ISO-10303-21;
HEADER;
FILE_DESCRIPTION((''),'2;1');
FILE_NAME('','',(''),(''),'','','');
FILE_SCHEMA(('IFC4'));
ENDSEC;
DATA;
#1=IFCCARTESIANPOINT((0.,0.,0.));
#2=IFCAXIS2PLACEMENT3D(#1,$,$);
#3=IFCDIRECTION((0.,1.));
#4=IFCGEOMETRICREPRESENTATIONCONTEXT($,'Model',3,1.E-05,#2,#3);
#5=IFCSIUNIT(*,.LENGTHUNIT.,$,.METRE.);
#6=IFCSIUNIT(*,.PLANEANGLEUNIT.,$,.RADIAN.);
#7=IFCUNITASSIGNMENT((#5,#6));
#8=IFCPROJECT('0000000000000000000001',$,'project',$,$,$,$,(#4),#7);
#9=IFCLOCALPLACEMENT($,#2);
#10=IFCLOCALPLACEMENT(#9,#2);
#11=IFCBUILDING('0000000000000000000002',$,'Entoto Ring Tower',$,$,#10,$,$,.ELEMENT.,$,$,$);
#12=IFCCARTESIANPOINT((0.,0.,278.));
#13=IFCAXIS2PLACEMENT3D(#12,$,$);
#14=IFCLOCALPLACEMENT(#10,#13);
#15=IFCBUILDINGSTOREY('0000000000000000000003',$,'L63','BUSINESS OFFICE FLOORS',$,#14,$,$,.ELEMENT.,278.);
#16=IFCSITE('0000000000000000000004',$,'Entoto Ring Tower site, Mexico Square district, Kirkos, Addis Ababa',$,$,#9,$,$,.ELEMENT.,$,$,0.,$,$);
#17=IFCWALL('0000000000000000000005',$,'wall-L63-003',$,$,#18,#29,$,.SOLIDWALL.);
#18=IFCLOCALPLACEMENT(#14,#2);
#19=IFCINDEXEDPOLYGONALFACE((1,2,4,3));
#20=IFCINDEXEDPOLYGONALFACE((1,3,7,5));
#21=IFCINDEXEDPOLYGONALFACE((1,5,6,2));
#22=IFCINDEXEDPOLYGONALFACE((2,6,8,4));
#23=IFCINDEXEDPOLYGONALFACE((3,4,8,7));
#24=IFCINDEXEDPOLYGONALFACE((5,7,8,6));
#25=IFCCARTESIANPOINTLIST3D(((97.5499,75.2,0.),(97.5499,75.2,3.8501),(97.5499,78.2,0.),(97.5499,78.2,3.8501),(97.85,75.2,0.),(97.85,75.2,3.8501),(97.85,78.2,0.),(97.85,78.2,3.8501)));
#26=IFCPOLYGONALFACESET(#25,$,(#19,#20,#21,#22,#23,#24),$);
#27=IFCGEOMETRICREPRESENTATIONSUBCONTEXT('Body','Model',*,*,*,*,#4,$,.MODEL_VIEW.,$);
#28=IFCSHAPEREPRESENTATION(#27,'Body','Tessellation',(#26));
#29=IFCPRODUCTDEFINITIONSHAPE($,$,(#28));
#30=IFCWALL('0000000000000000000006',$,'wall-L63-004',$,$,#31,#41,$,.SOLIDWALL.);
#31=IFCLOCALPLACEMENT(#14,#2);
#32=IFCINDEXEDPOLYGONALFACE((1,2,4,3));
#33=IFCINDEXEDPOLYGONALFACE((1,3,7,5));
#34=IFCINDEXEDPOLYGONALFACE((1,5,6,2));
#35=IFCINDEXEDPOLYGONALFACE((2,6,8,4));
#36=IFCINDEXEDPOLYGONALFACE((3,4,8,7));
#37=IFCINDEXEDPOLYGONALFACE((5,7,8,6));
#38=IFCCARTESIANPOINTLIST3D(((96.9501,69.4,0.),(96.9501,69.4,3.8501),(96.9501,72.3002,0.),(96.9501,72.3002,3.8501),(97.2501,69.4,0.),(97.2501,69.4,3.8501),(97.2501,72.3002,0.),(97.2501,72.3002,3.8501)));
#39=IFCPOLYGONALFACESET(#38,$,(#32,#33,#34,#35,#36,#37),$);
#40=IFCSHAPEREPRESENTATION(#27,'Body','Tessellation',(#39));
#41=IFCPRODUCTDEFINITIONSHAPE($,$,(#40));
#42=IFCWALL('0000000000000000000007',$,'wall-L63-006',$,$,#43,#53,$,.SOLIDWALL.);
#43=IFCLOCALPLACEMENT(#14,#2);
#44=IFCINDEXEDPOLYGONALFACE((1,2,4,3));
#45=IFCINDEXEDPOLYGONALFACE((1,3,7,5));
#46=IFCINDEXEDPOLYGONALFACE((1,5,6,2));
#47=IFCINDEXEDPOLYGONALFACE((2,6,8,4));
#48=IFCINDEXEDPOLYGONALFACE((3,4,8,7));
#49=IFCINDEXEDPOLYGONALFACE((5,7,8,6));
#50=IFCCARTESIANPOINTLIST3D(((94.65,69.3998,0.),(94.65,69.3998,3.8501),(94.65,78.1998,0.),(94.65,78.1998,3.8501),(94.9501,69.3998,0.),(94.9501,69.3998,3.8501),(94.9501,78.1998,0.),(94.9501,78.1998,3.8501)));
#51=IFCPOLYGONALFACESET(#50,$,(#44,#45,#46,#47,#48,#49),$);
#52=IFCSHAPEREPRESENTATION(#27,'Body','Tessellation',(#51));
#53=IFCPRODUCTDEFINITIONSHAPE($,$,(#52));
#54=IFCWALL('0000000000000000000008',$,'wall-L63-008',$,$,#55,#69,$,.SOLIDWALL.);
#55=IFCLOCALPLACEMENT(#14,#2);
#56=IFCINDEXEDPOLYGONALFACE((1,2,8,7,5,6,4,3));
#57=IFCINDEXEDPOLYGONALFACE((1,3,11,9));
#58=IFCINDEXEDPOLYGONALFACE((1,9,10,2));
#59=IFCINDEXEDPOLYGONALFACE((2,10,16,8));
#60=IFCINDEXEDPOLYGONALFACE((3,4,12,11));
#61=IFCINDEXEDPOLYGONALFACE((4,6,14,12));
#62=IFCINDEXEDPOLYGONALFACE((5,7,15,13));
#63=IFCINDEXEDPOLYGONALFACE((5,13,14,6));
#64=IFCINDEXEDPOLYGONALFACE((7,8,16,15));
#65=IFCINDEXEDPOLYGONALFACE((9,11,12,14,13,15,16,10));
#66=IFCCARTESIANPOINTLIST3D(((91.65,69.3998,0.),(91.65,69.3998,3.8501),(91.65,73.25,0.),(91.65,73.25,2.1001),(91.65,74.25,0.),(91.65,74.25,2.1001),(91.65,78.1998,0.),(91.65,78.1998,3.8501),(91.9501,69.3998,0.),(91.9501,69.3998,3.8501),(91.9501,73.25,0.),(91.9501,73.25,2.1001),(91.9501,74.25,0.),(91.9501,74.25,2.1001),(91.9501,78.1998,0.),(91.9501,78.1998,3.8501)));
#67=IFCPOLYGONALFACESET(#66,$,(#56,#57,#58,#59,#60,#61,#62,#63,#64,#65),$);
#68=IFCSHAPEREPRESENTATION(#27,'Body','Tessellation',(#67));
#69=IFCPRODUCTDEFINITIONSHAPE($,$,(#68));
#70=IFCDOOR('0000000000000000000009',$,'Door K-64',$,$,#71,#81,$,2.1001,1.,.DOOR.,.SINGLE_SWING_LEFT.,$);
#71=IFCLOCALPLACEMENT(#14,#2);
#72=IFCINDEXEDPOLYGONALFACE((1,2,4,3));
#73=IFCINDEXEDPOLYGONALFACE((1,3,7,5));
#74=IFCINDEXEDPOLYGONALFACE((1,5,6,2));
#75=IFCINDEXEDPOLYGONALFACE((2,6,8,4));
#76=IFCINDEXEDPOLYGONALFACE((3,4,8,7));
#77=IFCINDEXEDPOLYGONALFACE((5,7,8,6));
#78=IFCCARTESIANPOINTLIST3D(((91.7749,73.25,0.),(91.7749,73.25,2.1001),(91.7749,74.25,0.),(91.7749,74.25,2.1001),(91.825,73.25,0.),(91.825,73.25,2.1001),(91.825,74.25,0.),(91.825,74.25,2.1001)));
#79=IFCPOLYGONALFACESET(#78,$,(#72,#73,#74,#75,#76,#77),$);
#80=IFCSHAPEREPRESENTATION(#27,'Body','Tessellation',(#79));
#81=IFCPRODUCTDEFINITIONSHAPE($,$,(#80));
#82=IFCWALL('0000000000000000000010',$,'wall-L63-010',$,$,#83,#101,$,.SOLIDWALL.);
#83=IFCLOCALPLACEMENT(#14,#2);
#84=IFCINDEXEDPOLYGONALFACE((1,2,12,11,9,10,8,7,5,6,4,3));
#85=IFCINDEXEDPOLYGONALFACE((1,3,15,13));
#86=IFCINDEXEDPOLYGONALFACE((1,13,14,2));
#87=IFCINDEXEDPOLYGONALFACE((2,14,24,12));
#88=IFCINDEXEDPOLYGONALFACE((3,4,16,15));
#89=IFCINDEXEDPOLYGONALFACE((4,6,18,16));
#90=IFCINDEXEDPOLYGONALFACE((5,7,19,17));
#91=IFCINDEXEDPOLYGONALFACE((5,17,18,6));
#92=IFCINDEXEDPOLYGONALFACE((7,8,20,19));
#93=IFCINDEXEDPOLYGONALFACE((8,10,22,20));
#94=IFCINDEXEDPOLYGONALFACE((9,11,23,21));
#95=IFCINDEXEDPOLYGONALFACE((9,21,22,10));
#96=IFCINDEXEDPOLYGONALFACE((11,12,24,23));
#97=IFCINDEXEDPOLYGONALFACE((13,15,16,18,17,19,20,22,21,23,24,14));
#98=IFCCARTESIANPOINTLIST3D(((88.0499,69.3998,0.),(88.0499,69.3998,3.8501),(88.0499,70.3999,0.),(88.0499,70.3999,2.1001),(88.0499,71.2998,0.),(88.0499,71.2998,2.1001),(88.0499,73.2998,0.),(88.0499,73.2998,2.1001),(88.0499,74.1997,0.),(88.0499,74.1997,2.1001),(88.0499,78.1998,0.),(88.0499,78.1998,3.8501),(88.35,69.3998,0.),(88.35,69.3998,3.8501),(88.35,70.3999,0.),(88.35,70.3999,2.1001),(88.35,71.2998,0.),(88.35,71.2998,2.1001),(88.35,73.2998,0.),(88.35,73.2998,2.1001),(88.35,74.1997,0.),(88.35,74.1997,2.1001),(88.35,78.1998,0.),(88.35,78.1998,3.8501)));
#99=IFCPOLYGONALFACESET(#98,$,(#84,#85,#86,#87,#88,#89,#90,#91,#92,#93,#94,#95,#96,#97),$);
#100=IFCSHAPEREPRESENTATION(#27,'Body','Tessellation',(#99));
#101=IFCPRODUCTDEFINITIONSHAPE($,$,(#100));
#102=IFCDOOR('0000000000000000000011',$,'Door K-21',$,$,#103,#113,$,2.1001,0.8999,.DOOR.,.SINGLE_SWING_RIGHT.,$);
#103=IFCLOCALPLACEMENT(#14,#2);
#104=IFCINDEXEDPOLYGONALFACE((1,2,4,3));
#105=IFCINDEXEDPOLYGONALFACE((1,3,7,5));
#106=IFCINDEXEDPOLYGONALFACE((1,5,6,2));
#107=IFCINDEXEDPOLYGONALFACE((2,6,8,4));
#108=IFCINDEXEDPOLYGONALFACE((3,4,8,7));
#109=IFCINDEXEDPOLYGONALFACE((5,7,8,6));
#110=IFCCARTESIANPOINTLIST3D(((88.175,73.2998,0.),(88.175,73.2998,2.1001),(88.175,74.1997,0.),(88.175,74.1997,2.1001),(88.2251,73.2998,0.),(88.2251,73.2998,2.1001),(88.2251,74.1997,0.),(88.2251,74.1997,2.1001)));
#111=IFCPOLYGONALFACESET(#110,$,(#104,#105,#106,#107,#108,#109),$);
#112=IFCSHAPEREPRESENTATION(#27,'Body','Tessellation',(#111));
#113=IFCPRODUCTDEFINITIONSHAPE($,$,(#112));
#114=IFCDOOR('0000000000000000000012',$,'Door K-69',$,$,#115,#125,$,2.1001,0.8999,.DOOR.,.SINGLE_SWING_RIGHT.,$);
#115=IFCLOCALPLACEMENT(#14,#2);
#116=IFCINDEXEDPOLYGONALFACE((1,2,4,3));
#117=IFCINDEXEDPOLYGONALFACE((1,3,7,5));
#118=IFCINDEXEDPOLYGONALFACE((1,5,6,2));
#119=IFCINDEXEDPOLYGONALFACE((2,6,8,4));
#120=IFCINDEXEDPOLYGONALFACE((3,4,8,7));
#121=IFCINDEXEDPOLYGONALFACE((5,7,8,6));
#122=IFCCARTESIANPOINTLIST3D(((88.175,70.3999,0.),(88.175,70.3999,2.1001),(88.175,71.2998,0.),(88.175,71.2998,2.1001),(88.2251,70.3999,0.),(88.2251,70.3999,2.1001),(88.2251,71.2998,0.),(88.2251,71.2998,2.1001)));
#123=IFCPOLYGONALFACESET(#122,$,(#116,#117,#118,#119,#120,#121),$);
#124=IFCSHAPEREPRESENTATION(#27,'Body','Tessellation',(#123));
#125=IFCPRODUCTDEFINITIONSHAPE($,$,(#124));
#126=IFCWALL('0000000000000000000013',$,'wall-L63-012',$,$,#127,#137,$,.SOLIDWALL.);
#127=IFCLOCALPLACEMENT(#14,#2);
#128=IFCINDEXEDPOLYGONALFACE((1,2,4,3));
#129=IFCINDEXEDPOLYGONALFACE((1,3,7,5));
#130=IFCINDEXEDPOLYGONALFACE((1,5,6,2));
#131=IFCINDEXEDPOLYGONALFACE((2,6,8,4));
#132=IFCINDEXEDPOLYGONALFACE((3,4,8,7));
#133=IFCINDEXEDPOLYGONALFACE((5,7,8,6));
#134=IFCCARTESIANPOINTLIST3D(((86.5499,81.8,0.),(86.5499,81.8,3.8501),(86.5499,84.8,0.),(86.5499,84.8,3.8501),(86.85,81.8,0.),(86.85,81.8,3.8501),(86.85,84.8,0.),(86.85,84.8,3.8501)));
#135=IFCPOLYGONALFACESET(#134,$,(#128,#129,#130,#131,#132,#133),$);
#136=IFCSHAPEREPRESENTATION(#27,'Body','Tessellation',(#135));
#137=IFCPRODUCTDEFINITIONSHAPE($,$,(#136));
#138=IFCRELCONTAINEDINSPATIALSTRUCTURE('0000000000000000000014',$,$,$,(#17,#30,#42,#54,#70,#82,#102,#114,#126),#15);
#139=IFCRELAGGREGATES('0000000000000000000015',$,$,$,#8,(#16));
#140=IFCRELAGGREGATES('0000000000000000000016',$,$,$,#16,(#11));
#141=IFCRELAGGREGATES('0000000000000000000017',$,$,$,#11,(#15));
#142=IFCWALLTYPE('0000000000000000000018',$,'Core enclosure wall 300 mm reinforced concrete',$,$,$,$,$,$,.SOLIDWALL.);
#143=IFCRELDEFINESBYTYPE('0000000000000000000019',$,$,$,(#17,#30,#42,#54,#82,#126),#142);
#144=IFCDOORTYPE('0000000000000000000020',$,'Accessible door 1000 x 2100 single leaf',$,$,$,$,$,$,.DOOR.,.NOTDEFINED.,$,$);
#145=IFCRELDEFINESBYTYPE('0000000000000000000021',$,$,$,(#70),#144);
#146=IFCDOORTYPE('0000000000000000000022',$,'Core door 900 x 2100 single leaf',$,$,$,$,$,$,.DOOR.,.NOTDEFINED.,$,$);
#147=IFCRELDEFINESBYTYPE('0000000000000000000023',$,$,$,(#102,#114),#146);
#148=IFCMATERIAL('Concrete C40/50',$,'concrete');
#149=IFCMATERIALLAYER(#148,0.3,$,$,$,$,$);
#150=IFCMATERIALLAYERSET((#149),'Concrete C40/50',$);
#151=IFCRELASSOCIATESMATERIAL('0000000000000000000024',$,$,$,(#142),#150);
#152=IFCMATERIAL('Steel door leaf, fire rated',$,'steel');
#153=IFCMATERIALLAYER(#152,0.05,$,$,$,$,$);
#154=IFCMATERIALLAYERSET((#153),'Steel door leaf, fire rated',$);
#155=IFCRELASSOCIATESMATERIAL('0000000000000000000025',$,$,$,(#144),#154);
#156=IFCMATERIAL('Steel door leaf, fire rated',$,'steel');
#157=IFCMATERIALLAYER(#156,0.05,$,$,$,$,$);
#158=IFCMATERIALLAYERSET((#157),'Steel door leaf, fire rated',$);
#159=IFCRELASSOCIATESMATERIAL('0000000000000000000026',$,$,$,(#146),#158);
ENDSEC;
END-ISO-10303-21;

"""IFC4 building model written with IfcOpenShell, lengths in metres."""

from ifc_helpers import new_model, si_unit, direction, frame, frame_2d, origin, place, context, subcontext, project, spatial, rectangle, extrude, material, layer, layer_set, type_object, element, fill, save


model = new_model("IFC4")

# Units and contexts
model_context = context("Model", 3, precision=1e-05, world=origin(), true_north=direction((0.0, 1.0)))
body_context = subcontext(model_context, "Body", "Model", "MODEL_VIEW")
ifc_project = project(units=[si_unit("LENGTHUNIT", "METRE"), si_unit("PLANEANGLEUNIT", "RADIAN")], contexts=[model_context])

# Site, building, storey
site_placement = place(None, origin())
site = spatial("IfcSite", under=ifc_project, at=site_placement, Name="Entoto Ring Tower site, Mexico Square district, Kirkos, Addis Ababa", CompositionType="ELEMENT", RefElevation=0.0)
building_placement = place(site_placement, origin())
building = spatial("IfcBuilding", under=site, at=building_placement, Name="Entoto Ring Tower", CompositionType="ELEMENT")
storey_placement = place(building_placement, frame((0.0, 0.0, 278.0)))
storey = spatial("IfcBuildingStorey", under=building, at=storey_placement, Name="L63", Description="BUSINESS OFFICE FLOORS", CompositionType="ELEMENT", Elevation=278.0)

# Walls
ifc_material_1 = material(Name="Concrete C40/50", Category="concrete")
ifc_layer_1 = layer(ifc_material_1, 0.3)
ifc_layer_set_1 = layer_set([ifc_layer_1], Name="Concrete C40/50")
wall_type = type_object("IfcWallType", Name="Core enclosure wall 300 mm reinforced concrete", PredefinedType="SOLIDWALL", material=ifc_layer_set_1)
wall_1_placement = place(storey_placement, frame((97.7, 75.2, 0.0), z_axis=(0.0, 0.0, 1.0), x_axis=(0.0, 1.0, 0.0)))
element("IfcWall", 1, at=wall_1_placement, inside=storey, type_object=wall_type, Name="wall-L63-003", PredefinedType="SOLIDWALL", context=body_context, shape_type="SweptSolid", body=[
    extrude(rectangle(XDim=3.0, YDim=0.3, at=frame_2d((1.5, 0.0))), origin(), (0.0, 0.0, 1.0), 3.8501),
])
wall_2_placement = place(storey_placement, frame((97.1001, 69.3999, 0.0), z_axis=(0.0, 0.0, 1.0), x_axis=(0.0, 1.0, 0.0)))
element("IfcWall", 2, at=wall_2_placement, inside=storey, type_object=wall_type, Name="wall-L63-004", PredefinedType="SOLIDWALL", context=body_context, shape_type="SweptSolid", body=[
    extrude(rectangle(XDim=2.9001, YDim=0.3, at=frame_2d((1.4502, 0.0))), origin(), (0.0, 0.0, 1.0), 3.8501),
])
wall_3_placement = place(storey_placement, frame((94.8, 69.3999, 0.0), z_axis=(0.0, 0.0, 1.0), x_axis=(0.0, 1.0, 0.0)))
element("IfcWall", 3, at=wall_3_placement, inside=storey, type_object=wall_type, Name="wall-L63-006", PredefinedType="SOLIDWALL", context=body_context, shape_type="SweptSolid", body=[
    extrude(rectangle(XDim=8.8, YDim=0.3, at=frame_2d((4.3999, 0.0))), origin(), (0.0, 0.0, 1.0), 3.8501),
])

# Wall, opening, door
wall_4_placement = place(storey_placement, frame((91.8, 69.3999, 0.0), z_axis=(0.0, 0.0, 1.0), x_axis=(0.0, 1.0, 0.0)))
wall_4 = element("IfcWall", 4, at=wall_4_placement, inside=storey, type_object=wall_type, Name="wall-L63-008", PredefinedType="SOLIDWALL", context=body_context, shape_type="SweptSolid", body=[
    extrude(rectangle(XDim=8.8, YDim=0.3, at=frame_2d((4.3999, 0.0))), origin(), (0.0, 0.0, 1.0), 3.8501),
])
opening_1_placement = place(wall_4_placement, frame((3.8501, 0.0, 0.0)))
opening_1 = element("IfcOpeningElement", 5, at=opening_1_placement, cuts=wall_4, PredefinedType="OPENING", context=body_context, shape_type="SweptSolid", body=[
    extrude(rectangle(XDim=1.0, YDim=2.1001, at=frame_2d((0.5, 1.05))), frame((0.0, 0.1602, 0.0), z_axis=(0.0, -1.0, 0.0), x_axis=(1.0, 0.0, 0.0)), (0.0, 0.0, 1.0), 0.3201),
])
ifc_material_2 = material(Name="Steel door leaf, fire rated", Category="steel")
ifc_layer_2 = layer(ifc_material_2, 0.05)
ifc_layer_set_2 = layer_set([ifc_layer_2], Name="Steel door leaf, fire rated")
door_type_1 = type_object("IfcDoorType", Name="Accessible door 1000 x 2100 single leaf", OperationType="NOTDEFINED", PredefinedType="DOOR", material=ifc_layer_set_2)
door_1_placement = place(opening_1_placement, frame((1.0, 0.0, 0.0), z_axis=(0.0, 0.0, 1.0), x_axis=(-1.0, 0.0, 0.0)))
door_1 = element("IfcDoor", 6, at=door_1_placement, inside=storey, type_object=door_type_1, Name="Door K-64", OperationType="SINGLE_SWING_LEFT", OverallHeight=2.1001, OverallWidth=1.0, PredefinedType="DOOR", context=body_context, shape_type="SweptSolid", body=[
    extrude(rectangle(XDim=1.0, YDim=2.1001, at=frame_2d((0.5, 1.05))), frame((0.0, 0.0249, 0.0), z_axis=(0.0, -1.0, 0.0), x_axis=(1.0, 0.0, 0.0)), (0.0, 0.0, 1.0), 0.05),
])
fill(opening_1, door_1)

# Wall, openings, doors
wall_5_placement = place(storey_placement, frame((88.2, 69.3999, 0.0), z_axis=(0.0, 0.0, 1.0), x_axis=(0.0, 1.0, 0.0)))
wall_5 = element("IfcWall", 7, at=wall_5_placement, inside=storey, type_object=wall_type, Name="wall-L63-010", PredefinedType="SOLIDWALL", context=body_context, shape_type="SweptSolid", body=[
    extrude(rectangle(XDim=8.8, YDim=0.3, at=frame_2d((4.3999, 0.0))), origin(), (0.0, 0.0, 1.0), 3.8501),
])
opening_2_placement = place(wall_5_placement, frame((3.8999, 0.0, 0.0)))
opening_2 = element("IfcOpeningElement", 8, at=opening_2_placement, cuts=wall_5, PredefinedType="OPENING", context=body_context, shape_type="SweptSolid", body=[
    extrude(rectangle(XDim=0.8999, YDim=2.1001, at=frame_2d((0.45, 1.05))), frame((0.0, 0.1602, 0.0), z_axis=(0.0, -1.0, 0.0), x_axis=(1.0, 0.0, 0.0)), (0.0, 0.0, 1.0), 0.3201),
])
opening_3_placement = place(wall_5_placement, frame((1.0, 0.0, 0.0)))
opening_3 = element("IfcOpeningElement", 9, at=opening_3_placement, cuts=wall_5, PredefinedType="OPENING", context=body_context, shape_type="SweptSolid", body=[
    extrude(rectangle(XDim=0.8999, YDim=2.1001, at=frame_2d((0.45, 1.05))), frame((0.0, 0.1602, 0.0), z_axis=(0.0, -1.0, 0.0), x_axis=(1.0, 0.0, 0.0)), (0.0, 0.0, 1.0), 0.3201),
])
ifc_material_3 = material(Name="Steel door leaf, fire rated", Category="steel")
ifc_layer_3 = layer(ifc_material_3, 0.05)
ifc_layer_set_3 = layer_set([ifc_layer_3], Name="Steel door leaf, fire rated")
door_type_2 = type_object("IfcDoorType", Name="Core door 900 x 2100 single leaf", OperationType="NOTDEFINED", PredefinedType="DOOR", material=ifc_layer_set_3)
door_2_placement = place(opening_2_placement, origin())
door_2 = element("IfcDoor", 10, at=door_2_placement, inside=storey, type_object=door_type_2, Name="Door K-21", OperationType="SINGLE_SWING_RIGHT", OverallHeight=2.1001, OverallWidth=0.8999, PredefinedType="DOOR", context=body_context, shape_type="SweptSolid", body=[
    extrude(rectangle(XDim=0.8999, YDim=2.1001, at=frame_2d((0.45, 1.05))), frame((0.0, 0.0249, 0.0), z_axis=(0.0, -1.0, 0.0), x_axis=(1.0, 0.0, 0.0)), (0.0, 0.0, 1.0), 0.05),
])
fill(opening_2, door_2)
door_3_placement = place(opening_3_placement, origin())
door_3 = element("IfcDoor", 11, at=door_3_placement, inside=storey, type_object=door_type_2, Name="Door K-69", OperationType="SINGLE_SWING_RIGHT", OverallHeight=2.1001, OverallWidth=0.8999, PredefinedType="DOOR", context=body_context, shape_type="SweptSolid", body=[
    extrude(rectangle(XDim=0.8999, YDim=2.1001, at=frame_2d((0.45, 1.05))), frame((0.0, 0.0249, 0.0), z_axis=(0.0, -1.0, 0.0), x_axis=(1.0, 0.0, 0.0)), (0.0, 0.0, 1.0), 0.05),
])
fill(opening_3, door_3)

# Wall
wall_6_placement = place(storey_placement, frame((86.7, 81.8, 0.0), z_axis=(0.0, 0.0, 1.0), x_axis=(0.0, 1.0, 0.0)))
element("IfcWall", 12, at=wall_6_placement, inside=storey, type_object=wall_type, Name="wall-L63-012", PredefinedType="SOLIDWALL", context=body_context, shape_type="SweptSolid", body=[
    extrude(rectangle(XDim=3.0, YDim=0.3, at=frame_2d((1.5, 0.0))), origin(), (0.0, 0.0, 1.0), 3.8501),
])

save(model, "model.ifc")
